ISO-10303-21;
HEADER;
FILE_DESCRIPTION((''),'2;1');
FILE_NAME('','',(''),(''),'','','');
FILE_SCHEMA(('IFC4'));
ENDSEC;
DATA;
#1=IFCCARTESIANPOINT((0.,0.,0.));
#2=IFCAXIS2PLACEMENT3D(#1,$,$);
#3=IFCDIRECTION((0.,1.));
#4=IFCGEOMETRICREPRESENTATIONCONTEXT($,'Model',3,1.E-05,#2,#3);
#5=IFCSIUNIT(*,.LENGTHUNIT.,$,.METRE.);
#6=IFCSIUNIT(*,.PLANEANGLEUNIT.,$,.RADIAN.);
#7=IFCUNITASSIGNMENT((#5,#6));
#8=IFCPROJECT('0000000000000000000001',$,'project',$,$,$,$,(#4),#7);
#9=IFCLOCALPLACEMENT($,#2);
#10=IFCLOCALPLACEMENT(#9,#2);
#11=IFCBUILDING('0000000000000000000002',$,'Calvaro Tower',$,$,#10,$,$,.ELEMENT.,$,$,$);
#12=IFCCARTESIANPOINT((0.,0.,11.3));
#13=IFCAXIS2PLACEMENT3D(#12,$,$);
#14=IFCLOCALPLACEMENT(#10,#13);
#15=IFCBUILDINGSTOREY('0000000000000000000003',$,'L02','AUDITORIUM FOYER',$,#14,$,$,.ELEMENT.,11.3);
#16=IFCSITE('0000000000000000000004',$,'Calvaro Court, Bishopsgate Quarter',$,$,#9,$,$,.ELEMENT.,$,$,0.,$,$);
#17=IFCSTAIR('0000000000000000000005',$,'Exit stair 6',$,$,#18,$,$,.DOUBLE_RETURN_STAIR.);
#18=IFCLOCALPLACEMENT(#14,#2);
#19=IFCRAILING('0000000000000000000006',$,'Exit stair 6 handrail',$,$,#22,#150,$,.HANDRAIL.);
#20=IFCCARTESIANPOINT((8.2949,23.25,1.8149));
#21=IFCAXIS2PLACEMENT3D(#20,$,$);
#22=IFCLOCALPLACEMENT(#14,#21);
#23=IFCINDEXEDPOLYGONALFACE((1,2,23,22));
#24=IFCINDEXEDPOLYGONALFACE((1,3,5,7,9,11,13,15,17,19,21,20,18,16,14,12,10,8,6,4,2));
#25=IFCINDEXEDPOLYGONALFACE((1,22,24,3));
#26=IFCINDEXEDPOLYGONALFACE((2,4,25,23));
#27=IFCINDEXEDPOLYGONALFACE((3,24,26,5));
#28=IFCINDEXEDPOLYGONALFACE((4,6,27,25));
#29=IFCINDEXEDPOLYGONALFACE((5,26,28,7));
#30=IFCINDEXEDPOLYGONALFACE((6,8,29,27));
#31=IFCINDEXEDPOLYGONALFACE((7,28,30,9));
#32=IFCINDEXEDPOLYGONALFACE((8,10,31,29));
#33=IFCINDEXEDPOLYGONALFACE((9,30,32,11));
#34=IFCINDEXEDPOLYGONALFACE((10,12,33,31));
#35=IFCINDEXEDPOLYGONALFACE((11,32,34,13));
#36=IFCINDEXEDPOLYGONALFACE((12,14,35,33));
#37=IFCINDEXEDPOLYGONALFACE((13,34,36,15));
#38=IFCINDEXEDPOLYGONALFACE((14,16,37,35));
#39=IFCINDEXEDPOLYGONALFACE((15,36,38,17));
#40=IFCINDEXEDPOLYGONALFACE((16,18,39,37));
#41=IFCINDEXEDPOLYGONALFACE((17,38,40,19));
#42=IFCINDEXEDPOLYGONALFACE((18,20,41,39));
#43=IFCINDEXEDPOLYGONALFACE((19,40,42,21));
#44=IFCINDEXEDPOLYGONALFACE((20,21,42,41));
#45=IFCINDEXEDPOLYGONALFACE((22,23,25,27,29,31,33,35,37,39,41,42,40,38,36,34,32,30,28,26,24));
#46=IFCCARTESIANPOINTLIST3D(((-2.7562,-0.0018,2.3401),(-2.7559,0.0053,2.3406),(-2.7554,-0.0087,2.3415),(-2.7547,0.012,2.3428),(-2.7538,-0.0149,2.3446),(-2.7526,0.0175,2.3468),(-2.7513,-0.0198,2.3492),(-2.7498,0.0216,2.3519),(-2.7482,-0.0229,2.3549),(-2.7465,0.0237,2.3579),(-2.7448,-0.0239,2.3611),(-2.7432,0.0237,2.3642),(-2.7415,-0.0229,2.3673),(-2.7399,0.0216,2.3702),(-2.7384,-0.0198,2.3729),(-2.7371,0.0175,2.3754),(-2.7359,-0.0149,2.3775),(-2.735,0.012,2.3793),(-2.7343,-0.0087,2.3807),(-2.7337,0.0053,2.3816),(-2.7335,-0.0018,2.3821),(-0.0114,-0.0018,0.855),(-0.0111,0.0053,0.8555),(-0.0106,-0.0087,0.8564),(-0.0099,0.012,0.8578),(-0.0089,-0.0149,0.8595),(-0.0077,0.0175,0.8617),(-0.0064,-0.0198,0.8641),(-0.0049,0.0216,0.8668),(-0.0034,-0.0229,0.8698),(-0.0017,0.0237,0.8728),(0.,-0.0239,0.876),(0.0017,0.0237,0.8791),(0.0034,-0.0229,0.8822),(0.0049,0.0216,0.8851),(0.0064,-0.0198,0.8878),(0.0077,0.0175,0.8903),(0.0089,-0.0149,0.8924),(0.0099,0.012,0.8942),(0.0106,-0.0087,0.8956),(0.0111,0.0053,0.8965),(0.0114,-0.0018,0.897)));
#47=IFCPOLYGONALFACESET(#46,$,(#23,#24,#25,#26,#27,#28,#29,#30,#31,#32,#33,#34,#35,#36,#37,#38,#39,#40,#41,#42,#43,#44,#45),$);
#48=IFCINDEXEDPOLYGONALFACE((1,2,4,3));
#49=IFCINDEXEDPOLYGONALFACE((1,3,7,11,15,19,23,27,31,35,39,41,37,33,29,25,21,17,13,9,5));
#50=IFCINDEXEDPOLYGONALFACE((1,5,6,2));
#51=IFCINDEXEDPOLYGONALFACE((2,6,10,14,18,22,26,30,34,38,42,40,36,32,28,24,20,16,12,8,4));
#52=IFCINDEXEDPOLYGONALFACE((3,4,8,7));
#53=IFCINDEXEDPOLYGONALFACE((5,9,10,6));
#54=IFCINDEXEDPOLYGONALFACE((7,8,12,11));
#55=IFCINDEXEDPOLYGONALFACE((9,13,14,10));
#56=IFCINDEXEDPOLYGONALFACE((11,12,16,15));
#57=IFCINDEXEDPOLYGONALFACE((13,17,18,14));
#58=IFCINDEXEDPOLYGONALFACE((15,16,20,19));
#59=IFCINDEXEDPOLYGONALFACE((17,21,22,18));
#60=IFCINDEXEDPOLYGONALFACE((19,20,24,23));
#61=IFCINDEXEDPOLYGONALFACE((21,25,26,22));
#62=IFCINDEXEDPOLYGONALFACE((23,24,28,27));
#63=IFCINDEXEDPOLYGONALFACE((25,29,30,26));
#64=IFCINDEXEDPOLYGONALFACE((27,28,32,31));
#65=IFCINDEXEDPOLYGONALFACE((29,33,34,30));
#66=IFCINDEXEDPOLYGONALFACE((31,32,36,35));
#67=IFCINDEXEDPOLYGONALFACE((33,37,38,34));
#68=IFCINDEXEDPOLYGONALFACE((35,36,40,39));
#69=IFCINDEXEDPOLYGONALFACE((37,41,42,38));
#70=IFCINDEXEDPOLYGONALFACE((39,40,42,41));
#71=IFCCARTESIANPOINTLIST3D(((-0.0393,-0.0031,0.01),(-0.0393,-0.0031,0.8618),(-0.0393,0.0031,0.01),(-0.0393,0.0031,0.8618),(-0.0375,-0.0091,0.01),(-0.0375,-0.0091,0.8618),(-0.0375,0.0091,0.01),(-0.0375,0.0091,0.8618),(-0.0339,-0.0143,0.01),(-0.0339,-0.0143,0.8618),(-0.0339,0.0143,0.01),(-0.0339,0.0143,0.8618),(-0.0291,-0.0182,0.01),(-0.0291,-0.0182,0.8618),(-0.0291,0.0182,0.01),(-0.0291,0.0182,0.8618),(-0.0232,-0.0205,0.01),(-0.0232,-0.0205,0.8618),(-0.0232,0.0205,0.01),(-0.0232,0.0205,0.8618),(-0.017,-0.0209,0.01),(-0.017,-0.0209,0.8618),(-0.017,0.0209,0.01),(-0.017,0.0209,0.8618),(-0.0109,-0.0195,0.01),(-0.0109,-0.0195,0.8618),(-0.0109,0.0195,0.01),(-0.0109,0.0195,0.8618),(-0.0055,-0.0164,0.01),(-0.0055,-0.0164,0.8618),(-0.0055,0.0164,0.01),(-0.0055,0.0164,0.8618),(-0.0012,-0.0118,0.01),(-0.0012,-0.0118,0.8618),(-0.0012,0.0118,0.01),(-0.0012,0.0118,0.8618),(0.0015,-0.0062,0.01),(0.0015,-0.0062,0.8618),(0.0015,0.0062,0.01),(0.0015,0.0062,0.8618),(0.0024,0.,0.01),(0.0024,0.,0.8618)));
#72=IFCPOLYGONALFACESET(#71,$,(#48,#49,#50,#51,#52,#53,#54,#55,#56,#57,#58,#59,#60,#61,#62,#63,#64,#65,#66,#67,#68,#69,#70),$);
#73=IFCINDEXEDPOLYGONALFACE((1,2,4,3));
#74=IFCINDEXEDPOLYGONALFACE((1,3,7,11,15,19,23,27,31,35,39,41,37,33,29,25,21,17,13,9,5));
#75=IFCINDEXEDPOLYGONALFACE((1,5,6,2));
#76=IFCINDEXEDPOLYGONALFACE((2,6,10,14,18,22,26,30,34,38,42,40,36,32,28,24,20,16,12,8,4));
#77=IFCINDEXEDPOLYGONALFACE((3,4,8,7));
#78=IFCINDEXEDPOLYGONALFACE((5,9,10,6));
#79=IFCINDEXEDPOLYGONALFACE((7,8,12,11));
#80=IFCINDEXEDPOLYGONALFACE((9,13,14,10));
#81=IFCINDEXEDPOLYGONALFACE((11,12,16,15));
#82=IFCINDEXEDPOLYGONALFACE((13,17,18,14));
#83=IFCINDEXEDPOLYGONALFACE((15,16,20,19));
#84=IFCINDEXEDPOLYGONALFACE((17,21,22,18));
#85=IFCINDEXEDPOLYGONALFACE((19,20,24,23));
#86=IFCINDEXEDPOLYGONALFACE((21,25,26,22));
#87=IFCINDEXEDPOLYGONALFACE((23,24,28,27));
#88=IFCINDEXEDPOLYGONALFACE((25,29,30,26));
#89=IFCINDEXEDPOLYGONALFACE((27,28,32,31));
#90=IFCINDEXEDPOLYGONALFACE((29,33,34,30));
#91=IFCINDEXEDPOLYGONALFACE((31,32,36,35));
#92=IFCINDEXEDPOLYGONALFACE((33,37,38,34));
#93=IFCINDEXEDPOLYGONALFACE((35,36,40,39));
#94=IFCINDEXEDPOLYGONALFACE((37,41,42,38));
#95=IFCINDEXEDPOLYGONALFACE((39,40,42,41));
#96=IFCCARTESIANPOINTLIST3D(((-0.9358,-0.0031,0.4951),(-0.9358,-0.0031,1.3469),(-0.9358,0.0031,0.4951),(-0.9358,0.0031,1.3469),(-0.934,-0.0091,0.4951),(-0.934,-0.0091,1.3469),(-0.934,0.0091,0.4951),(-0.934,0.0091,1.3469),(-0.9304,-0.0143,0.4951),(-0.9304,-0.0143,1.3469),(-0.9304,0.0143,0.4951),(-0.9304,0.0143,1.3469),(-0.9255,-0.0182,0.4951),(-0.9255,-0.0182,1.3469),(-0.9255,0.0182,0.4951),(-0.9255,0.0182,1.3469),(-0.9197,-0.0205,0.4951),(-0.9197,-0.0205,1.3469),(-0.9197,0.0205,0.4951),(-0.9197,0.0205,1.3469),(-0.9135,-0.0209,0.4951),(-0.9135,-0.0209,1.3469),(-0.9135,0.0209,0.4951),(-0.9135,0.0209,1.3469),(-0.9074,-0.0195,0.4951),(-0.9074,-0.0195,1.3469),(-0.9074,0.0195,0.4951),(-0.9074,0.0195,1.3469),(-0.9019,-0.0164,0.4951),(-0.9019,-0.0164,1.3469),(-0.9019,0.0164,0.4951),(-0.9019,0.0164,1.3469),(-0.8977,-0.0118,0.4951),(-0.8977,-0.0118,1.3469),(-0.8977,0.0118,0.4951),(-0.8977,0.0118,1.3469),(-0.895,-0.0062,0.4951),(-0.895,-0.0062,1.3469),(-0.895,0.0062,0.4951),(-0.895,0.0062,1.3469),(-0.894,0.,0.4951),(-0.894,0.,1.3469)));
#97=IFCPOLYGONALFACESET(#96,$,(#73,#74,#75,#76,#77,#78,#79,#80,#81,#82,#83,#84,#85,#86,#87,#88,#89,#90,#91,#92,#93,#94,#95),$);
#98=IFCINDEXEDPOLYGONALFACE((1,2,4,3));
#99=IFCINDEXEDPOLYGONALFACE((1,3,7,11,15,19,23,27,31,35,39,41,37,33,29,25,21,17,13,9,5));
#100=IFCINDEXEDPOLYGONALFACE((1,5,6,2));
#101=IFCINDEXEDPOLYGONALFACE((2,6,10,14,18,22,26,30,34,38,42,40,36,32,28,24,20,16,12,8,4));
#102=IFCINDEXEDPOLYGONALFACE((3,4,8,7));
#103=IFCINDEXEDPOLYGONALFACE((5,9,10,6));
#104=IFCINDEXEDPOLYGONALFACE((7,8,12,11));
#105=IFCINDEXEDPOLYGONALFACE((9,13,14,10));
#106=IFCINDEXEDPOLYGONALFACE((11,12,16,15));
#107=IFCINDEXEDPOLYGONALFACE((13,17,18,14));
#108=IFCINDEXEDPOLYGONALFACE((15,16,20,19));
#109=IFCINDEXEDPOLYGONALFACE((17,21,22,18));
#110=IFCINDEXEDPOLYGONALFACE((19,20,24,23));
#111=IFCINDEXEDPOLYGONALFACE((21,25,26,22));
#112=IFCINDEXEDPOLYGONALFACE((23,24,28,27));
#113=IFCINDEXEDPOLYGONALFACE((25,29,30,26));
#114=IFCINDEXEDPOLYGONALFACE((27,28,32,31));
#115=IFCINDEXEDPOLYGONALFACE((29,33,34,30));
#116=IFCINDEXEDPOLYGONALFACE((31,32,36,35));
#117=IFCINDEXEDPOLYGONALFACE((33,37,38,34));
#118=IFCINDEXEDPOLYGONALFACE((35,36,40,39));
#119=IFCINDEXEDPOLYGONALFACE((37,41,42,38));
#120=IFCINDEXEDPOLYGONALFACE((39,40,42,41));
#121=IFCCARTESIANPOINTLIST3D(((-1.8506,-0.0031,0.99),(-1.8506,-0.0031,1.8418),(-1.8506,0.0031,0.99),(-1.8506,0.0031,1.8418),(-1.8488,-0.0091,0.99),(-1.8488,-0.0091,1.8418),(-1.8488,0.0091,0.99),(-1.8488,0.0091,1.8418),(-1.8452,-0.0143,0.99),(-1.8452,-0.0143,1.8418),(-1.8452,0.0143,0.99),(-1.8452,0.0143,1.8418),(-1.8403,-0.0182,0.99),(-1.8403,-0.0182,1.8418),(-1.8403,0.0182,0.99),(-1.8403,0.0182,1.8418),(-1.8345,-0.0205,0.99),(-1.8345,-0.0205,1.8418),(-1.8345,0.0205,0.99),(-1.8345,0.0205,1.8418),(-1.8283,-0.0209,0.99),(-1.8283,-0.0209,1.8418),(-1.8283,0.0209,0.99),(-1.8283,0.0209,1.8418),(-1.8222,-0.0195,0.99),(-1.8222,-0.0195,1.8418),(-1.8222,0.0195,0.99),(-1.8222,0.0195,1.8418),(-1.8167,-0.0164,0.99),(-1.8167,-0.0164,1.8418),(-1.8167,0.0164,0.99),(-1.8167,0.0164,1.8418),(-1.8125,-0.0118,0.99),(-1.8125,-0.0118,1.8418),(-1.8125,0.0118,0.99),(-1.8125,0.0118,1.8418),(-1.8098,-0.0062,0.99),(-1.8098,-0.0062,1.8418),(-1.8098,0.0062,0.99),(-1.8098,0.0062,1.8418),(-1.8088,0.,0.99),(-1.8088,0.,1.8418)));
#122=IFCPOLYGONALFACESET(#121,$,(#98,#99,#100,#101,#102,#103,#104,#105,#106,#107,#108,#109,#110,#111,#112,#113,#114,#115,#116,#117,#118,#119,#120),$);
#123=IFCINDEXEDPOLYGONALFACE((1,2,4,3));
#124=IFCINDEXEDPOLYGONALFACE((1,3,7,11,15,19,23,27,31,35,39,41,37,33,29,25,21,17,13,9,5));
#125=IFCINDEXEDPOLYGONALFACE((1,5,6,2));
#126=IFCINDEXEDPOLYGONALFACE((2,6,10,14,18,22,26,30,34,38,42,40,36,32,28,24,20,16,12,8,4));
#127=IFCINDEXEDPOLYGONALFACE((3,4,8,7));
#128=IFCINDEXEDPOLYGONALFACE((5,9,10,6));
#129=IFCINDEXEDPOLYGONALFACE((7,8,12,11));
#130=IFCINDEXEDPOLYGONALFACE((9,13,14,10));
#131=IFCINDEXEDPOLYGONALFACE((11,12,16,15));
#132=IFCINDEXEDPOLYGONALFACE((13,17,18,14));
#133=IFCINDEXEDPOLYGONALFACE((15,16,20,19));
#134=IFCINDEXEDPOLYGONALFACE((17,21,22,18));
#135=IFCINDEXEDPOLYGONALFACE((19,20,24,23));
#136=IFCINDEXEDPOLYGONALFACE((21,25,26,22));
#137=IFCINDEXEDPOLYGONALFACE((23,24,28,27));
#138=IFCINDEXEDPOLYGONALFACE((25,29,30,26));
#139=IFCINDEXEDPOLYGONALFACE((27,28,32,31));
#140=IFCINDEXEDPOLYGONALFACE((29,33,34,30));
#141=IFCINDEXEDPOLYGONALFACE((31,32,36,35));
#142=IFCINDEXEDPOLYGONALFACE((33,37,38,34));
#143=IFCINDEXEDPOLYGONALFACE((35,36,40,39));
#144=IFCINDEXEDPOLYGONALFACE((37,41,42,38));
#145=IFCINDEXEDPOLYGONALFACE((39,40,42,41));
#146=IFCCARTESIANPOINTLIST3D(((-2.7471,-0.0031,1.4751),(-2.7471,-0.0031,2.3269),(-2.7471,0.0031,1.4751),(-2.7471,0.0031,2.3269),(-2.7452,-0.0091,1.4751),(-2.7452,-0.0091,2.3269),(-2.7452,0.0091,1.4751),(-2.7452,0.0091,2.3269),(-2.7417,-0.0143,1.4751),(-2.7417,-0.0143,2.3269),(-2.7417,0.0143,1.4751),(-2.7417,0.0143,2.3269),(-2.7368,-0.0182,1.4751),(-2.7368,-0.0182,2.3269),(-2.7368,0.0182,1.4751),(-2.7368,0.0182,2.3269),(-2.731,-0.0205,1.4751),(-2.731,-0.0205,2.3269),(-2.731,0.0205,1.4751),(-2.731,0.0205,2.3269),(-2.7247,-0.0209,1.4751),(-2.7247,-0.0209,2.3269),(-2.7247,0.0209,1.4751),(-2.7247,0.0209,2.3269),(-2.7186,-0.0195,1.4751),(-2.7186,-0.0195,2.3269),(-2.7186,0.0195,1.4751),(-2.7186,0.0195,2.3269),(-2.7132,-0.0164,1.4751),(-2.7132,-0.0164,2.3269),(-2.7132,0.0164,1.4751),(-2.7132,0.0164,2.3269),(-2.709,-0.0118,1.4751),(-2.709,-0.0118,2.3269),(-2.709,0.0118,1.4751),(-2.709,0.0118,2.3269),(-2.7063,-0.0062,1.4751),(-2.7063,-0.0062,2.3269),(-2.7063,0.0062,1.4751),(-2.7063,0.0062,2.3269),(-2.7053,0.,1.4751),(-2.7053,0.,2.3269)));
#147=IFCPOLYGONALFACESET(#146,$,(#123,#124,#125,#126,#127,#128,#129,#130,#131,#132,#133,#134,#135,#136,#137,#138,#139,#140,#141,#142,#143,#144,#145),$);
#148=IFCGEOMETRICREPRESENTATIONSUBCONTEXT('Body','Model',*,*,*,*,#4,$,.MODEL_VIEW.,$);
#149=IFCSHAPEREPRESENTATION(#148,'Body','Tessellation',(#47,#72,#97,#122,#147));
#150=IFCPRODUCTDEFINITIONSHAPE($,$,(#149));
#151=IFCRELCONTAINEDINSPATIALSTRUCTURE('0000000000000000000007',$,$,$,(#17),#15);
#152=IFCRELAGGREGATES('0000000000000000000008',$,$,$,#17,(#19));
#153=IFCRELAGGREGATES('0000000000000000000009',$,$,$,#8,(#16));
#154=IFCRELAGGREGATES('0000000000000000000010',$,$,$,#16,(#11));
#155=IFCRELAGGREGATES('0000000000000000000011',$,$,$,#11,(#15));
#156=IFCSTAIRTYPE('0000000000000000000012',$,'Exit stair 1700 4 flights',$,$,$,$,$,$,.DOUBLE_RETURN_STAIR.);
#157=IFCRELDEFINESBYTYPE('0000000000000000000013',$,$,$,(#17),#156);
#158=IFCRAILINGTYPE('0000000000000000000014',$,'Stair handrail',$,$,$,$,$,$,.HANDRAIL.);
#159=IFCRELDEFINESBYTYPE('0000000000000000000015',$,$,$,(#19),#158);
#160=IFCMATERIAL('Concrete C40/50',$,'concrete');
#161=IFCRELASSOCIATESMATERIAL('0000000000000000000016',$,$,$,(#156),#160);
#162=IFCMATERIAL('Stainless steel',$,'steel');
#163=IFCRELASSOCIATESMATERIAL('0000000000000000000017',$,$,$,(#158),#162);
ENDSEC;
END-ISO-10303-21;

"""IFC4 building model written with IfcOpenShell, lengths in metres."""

from ifc_helpers import new_model, si_unit, direction, frame, origin, origin_2d, place, context, subcontext, project, spatial, circle, extrude, material, type_object, element, aggregate, save


model = new_model("IFC4")

# Units and contexts
model_context = context("Model", 3, precision=1e-05, world=origin(), true_north=direction((0.0, 1.0)))
body_context = subcontext(model_context, "Body", "Model", "MODEL_VIEW")
ifc_project = project(units=[si_unit("LENGTHUNIT", "METRE"), si_unit("PLANEANGLEUNIT", "RADIAN")], contexts=[model_context])

# Site, building, storey
site_placement = place(None, origin())
site = spatial("IfcSite", under=ifc_project, at=site_placement, Name="Calvaro Court, Bishopsgate Quarter", CompositionType="ELEMENT", RefElevation=0.0)
building_placement = place(site_placement, origin())
building = spatial("IfcBuilding", under=site, at=building_placement, Name="Calvaro Tower", CompositionType="ELEMENT")
storey_placement = place(building_placement, frame((0.0, 0.0, 11.3)))
storey = spatial("IfcBuildingStorey", under=building, at=storey_placement, Name="L02", Description="AUDITORIUM FOYER", CompositionType="ELEMENT", Elevation=11.3)

# Stair, railing
ifc_material_1 = material(Name="Concrete C40/50", Category="concrete")
stair_type = type_object("IfcStairType", Name="Exit stair 1700 4 flights", PredefinedType="DOUBLE_RETURN_STAIR", material=ifc_material_1)
stair_placement = place(storey_placement, origin())
stair = element("IfcStair", 1, at=stair_placement, inside=storey, type_object=stair_type, Name="Exit stair 6", PredefinedType="DOUBLE_RETURN_STAIR")
ifc_material_2 = material(Name="Stainless steel", Category="steel")
railing_type = type_object("IfcRailingType", Name="Stair handrail", PredefinedType="HANDRAIL", material=ifc_material_2)
railing_1_placement = place(storey_placement, frame((8.2949, 23.25, 1.8149)))
railing_1 = element("IfcRailing", 2, at=railing_1_placement, type_object=railing_type, Name="Exit stair 6 handrail", PredefinedType="HANDRAIL", context=body_context, shape_type="SweptSolid", body=[
    extrude(circle(Radius=0.0239, at=origin_2d()), frame((0.0, 0.0, 0.876), z_axis=(-0.87952, 0.0, 0.475862), x_axis=(0.0, -1.0, 0.0)), (0.0, 0.0, 1.0), 3.1208),
    extrude(circle(Radius=0.021, at=origin_2d()), frame((-0.0186, 0.0, 0.01)), (0.0, 0.0, 1.0), 0.8518),
    extrude(circle(Radius=0.021, at=origin_2d()), frame((-0.915, 0.0, 0.4951)), (0.0, 0.0, 1.0), 0.8518),
    extrude(circle(Radius=0.021, at=origin_2d()), frame((-1.8298, 0.0, 0.99)), (0.0, 0.0, 1.0), 0.8518),
    extrude(circle(Radius=0.021, at=origin_2d()), frame((-2.7263, 0.0, 1.4751)), (0.0, 0.0, 1.0), 0.8518),
])
aggregate(stair, [railing_1])

save(model, "model.ifc")
